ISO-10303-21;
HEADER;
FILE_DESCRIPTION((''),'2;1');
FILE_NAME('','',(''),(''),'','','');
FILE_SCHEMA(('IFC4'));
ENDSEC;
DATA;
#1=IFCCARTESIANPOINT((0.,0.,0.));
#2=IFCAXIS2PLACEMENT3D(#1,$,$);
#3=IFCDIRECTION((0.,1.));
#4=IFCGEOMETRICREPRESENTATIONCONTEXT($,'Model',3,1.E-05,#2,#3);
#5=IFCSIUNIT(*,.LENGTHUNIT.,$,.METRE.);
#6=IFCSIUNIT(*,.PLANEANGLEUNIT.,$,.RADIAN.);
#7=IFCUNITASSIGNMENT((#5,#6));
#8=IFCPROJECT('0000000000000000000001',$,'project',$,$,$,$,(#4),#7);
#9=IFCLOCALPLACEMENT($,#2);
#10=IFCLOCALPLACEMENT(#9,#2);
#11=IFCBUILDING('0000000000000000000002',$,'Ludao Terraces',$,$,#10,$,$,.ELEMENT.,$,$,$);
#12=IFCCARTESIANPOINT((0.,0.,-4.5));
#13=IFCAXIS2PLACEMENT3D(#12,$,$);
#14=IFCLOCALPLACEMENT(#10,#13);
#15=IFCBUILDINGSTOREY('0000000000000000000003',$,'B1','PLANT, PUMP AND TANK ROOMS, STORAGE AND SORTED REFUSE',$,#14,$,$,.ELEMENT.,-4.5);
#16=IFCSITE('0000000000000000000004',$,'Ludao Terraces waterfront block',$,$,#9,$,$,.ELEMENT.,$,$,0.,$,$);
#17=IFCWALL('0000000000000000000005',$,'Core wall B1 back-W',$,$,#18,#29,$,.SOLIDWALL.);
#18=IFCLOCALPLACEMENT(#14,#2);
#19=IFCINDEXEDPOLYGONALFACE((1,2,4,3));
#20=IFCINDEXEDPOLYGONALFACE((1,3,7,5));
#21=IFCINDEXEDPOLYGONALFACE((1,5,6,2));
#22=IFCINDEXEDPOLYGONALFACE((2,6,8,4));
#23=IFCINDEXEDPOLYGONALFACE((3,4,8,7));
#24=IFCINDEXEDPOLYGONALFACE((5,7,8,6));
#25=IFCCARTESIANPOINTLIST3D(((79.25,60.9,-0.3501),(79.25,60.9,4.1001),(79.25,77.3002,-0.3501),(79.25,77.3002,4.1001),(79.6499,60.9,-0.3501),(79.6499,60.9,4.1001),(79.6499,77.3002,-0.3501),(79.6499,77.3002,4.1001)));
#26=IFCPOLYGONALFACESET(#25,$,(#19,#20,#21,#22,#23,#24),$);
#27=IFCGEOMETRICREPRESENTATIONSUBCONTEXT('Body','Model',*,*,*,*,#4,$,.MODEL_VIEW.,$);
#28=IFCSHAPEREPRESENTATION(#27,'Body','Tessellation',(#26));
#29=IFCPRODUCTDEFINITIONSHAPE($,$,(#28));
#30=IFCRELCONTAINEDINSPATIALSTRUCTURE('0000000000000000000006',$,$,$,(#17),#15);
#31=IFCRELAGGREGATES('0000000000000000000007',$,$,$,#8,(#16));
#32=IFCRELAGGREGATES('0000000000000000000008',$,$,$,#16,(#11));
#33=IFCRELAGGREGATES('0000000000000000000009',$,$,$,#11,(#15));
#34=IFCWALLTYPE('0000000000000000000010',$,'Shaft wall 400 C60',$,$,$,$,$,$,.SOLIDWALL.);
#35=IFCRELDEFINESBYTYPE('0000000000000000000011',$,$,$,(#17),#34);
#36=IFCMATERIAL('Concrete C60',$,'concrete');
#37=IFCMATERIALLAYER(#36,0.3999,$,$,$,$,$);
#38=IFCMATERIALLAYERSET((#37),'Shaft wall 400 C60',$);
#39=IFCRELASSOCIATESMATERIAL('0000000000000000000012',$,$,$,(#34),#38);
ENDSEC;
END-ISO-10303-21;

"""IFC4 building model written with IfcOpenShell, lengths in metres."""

from ifc_helpers import new_model, si_unit, direction, frame, frame_2d, origin, place, context, subcontext, project, spatial, rectangle, extrude, material, layer, layer_set, type_object, element, save


model = new_model("IFC4")

# Units and contexts
model_context = context("Model", 3, precision=1e-05, world=origin(), true_north=direction((0.0, 1.0)))
body_context = subcontext(model_context, "Body", "Model", "MODEL_VIEW")
ifc_project = project(units=[si_unit("LENGTHUNIT", "METRE"), si_unit("PLANEANGLEUNIT", "RADIAN")], contexts=[model_context])

# Site, building, storey
site_placement = place(None, origin())
site = spatial("IfcSite", under=ifc_project, at=site_placement, Name="Ludao Terraces waterfront block", CompositionType="ELEMENT", RefElevation=0.0)
building_placement = place(site_placement, origin())
building = spatial("IfcBuilding", under=site, at=building_placement, Name="Ludao Terraces", CompositionType="ELEMENT")
storey_placement = place(building_placement, frame((0.0, 0.0, -4.5)))
storey = spatial("IfcBuildingStorey", under=building, at=storey_placement, Name="B1", Description="PLANT, PUMP AND TANK ROOMS, STORAGE AND SORTED REFUSE", CompositionType="ELEMENT", Elevation=-4.5)

# Shared definitions
ifc_material_1 = material(Name="Concrete C60", Category="concrete")

# Wall
ifc_layer_1 = layer(ifc_material_1, 0.3999)
ifc_layer_set_1 = layer_set([ifc_layer_1], Name="Shaft wall 400 C60")
wall_type_1 = type_object("IfcWallType", Name="Shaft wall 400 C60", PredefinedType="SOLIDWALL", material=ifc_layer_set_1)
wall_1_placement = place(storey_placement, frame((79.45, 60.8999, -0.3501), z_axis=(0.0, 0.0, 1.0), x_axis=(0.0, 1.0, 0.0)))
element("IfcWall", 1, at=wall_1_placement, inside=storey, type_object=wall_type_1, Name="Core wall B1 back-W", PredefinedType="SOLIDWALL", context=body_context, shape_type="SweptSolid", body=[
    extrude(rectangle(XDim=16.4001, YDim=0.3999, at=frame_2d((8.2002, 0.0))), origin(), (0.0, 0.0, 1.0), 4.4502),
])

save(model, "model.ifc")
